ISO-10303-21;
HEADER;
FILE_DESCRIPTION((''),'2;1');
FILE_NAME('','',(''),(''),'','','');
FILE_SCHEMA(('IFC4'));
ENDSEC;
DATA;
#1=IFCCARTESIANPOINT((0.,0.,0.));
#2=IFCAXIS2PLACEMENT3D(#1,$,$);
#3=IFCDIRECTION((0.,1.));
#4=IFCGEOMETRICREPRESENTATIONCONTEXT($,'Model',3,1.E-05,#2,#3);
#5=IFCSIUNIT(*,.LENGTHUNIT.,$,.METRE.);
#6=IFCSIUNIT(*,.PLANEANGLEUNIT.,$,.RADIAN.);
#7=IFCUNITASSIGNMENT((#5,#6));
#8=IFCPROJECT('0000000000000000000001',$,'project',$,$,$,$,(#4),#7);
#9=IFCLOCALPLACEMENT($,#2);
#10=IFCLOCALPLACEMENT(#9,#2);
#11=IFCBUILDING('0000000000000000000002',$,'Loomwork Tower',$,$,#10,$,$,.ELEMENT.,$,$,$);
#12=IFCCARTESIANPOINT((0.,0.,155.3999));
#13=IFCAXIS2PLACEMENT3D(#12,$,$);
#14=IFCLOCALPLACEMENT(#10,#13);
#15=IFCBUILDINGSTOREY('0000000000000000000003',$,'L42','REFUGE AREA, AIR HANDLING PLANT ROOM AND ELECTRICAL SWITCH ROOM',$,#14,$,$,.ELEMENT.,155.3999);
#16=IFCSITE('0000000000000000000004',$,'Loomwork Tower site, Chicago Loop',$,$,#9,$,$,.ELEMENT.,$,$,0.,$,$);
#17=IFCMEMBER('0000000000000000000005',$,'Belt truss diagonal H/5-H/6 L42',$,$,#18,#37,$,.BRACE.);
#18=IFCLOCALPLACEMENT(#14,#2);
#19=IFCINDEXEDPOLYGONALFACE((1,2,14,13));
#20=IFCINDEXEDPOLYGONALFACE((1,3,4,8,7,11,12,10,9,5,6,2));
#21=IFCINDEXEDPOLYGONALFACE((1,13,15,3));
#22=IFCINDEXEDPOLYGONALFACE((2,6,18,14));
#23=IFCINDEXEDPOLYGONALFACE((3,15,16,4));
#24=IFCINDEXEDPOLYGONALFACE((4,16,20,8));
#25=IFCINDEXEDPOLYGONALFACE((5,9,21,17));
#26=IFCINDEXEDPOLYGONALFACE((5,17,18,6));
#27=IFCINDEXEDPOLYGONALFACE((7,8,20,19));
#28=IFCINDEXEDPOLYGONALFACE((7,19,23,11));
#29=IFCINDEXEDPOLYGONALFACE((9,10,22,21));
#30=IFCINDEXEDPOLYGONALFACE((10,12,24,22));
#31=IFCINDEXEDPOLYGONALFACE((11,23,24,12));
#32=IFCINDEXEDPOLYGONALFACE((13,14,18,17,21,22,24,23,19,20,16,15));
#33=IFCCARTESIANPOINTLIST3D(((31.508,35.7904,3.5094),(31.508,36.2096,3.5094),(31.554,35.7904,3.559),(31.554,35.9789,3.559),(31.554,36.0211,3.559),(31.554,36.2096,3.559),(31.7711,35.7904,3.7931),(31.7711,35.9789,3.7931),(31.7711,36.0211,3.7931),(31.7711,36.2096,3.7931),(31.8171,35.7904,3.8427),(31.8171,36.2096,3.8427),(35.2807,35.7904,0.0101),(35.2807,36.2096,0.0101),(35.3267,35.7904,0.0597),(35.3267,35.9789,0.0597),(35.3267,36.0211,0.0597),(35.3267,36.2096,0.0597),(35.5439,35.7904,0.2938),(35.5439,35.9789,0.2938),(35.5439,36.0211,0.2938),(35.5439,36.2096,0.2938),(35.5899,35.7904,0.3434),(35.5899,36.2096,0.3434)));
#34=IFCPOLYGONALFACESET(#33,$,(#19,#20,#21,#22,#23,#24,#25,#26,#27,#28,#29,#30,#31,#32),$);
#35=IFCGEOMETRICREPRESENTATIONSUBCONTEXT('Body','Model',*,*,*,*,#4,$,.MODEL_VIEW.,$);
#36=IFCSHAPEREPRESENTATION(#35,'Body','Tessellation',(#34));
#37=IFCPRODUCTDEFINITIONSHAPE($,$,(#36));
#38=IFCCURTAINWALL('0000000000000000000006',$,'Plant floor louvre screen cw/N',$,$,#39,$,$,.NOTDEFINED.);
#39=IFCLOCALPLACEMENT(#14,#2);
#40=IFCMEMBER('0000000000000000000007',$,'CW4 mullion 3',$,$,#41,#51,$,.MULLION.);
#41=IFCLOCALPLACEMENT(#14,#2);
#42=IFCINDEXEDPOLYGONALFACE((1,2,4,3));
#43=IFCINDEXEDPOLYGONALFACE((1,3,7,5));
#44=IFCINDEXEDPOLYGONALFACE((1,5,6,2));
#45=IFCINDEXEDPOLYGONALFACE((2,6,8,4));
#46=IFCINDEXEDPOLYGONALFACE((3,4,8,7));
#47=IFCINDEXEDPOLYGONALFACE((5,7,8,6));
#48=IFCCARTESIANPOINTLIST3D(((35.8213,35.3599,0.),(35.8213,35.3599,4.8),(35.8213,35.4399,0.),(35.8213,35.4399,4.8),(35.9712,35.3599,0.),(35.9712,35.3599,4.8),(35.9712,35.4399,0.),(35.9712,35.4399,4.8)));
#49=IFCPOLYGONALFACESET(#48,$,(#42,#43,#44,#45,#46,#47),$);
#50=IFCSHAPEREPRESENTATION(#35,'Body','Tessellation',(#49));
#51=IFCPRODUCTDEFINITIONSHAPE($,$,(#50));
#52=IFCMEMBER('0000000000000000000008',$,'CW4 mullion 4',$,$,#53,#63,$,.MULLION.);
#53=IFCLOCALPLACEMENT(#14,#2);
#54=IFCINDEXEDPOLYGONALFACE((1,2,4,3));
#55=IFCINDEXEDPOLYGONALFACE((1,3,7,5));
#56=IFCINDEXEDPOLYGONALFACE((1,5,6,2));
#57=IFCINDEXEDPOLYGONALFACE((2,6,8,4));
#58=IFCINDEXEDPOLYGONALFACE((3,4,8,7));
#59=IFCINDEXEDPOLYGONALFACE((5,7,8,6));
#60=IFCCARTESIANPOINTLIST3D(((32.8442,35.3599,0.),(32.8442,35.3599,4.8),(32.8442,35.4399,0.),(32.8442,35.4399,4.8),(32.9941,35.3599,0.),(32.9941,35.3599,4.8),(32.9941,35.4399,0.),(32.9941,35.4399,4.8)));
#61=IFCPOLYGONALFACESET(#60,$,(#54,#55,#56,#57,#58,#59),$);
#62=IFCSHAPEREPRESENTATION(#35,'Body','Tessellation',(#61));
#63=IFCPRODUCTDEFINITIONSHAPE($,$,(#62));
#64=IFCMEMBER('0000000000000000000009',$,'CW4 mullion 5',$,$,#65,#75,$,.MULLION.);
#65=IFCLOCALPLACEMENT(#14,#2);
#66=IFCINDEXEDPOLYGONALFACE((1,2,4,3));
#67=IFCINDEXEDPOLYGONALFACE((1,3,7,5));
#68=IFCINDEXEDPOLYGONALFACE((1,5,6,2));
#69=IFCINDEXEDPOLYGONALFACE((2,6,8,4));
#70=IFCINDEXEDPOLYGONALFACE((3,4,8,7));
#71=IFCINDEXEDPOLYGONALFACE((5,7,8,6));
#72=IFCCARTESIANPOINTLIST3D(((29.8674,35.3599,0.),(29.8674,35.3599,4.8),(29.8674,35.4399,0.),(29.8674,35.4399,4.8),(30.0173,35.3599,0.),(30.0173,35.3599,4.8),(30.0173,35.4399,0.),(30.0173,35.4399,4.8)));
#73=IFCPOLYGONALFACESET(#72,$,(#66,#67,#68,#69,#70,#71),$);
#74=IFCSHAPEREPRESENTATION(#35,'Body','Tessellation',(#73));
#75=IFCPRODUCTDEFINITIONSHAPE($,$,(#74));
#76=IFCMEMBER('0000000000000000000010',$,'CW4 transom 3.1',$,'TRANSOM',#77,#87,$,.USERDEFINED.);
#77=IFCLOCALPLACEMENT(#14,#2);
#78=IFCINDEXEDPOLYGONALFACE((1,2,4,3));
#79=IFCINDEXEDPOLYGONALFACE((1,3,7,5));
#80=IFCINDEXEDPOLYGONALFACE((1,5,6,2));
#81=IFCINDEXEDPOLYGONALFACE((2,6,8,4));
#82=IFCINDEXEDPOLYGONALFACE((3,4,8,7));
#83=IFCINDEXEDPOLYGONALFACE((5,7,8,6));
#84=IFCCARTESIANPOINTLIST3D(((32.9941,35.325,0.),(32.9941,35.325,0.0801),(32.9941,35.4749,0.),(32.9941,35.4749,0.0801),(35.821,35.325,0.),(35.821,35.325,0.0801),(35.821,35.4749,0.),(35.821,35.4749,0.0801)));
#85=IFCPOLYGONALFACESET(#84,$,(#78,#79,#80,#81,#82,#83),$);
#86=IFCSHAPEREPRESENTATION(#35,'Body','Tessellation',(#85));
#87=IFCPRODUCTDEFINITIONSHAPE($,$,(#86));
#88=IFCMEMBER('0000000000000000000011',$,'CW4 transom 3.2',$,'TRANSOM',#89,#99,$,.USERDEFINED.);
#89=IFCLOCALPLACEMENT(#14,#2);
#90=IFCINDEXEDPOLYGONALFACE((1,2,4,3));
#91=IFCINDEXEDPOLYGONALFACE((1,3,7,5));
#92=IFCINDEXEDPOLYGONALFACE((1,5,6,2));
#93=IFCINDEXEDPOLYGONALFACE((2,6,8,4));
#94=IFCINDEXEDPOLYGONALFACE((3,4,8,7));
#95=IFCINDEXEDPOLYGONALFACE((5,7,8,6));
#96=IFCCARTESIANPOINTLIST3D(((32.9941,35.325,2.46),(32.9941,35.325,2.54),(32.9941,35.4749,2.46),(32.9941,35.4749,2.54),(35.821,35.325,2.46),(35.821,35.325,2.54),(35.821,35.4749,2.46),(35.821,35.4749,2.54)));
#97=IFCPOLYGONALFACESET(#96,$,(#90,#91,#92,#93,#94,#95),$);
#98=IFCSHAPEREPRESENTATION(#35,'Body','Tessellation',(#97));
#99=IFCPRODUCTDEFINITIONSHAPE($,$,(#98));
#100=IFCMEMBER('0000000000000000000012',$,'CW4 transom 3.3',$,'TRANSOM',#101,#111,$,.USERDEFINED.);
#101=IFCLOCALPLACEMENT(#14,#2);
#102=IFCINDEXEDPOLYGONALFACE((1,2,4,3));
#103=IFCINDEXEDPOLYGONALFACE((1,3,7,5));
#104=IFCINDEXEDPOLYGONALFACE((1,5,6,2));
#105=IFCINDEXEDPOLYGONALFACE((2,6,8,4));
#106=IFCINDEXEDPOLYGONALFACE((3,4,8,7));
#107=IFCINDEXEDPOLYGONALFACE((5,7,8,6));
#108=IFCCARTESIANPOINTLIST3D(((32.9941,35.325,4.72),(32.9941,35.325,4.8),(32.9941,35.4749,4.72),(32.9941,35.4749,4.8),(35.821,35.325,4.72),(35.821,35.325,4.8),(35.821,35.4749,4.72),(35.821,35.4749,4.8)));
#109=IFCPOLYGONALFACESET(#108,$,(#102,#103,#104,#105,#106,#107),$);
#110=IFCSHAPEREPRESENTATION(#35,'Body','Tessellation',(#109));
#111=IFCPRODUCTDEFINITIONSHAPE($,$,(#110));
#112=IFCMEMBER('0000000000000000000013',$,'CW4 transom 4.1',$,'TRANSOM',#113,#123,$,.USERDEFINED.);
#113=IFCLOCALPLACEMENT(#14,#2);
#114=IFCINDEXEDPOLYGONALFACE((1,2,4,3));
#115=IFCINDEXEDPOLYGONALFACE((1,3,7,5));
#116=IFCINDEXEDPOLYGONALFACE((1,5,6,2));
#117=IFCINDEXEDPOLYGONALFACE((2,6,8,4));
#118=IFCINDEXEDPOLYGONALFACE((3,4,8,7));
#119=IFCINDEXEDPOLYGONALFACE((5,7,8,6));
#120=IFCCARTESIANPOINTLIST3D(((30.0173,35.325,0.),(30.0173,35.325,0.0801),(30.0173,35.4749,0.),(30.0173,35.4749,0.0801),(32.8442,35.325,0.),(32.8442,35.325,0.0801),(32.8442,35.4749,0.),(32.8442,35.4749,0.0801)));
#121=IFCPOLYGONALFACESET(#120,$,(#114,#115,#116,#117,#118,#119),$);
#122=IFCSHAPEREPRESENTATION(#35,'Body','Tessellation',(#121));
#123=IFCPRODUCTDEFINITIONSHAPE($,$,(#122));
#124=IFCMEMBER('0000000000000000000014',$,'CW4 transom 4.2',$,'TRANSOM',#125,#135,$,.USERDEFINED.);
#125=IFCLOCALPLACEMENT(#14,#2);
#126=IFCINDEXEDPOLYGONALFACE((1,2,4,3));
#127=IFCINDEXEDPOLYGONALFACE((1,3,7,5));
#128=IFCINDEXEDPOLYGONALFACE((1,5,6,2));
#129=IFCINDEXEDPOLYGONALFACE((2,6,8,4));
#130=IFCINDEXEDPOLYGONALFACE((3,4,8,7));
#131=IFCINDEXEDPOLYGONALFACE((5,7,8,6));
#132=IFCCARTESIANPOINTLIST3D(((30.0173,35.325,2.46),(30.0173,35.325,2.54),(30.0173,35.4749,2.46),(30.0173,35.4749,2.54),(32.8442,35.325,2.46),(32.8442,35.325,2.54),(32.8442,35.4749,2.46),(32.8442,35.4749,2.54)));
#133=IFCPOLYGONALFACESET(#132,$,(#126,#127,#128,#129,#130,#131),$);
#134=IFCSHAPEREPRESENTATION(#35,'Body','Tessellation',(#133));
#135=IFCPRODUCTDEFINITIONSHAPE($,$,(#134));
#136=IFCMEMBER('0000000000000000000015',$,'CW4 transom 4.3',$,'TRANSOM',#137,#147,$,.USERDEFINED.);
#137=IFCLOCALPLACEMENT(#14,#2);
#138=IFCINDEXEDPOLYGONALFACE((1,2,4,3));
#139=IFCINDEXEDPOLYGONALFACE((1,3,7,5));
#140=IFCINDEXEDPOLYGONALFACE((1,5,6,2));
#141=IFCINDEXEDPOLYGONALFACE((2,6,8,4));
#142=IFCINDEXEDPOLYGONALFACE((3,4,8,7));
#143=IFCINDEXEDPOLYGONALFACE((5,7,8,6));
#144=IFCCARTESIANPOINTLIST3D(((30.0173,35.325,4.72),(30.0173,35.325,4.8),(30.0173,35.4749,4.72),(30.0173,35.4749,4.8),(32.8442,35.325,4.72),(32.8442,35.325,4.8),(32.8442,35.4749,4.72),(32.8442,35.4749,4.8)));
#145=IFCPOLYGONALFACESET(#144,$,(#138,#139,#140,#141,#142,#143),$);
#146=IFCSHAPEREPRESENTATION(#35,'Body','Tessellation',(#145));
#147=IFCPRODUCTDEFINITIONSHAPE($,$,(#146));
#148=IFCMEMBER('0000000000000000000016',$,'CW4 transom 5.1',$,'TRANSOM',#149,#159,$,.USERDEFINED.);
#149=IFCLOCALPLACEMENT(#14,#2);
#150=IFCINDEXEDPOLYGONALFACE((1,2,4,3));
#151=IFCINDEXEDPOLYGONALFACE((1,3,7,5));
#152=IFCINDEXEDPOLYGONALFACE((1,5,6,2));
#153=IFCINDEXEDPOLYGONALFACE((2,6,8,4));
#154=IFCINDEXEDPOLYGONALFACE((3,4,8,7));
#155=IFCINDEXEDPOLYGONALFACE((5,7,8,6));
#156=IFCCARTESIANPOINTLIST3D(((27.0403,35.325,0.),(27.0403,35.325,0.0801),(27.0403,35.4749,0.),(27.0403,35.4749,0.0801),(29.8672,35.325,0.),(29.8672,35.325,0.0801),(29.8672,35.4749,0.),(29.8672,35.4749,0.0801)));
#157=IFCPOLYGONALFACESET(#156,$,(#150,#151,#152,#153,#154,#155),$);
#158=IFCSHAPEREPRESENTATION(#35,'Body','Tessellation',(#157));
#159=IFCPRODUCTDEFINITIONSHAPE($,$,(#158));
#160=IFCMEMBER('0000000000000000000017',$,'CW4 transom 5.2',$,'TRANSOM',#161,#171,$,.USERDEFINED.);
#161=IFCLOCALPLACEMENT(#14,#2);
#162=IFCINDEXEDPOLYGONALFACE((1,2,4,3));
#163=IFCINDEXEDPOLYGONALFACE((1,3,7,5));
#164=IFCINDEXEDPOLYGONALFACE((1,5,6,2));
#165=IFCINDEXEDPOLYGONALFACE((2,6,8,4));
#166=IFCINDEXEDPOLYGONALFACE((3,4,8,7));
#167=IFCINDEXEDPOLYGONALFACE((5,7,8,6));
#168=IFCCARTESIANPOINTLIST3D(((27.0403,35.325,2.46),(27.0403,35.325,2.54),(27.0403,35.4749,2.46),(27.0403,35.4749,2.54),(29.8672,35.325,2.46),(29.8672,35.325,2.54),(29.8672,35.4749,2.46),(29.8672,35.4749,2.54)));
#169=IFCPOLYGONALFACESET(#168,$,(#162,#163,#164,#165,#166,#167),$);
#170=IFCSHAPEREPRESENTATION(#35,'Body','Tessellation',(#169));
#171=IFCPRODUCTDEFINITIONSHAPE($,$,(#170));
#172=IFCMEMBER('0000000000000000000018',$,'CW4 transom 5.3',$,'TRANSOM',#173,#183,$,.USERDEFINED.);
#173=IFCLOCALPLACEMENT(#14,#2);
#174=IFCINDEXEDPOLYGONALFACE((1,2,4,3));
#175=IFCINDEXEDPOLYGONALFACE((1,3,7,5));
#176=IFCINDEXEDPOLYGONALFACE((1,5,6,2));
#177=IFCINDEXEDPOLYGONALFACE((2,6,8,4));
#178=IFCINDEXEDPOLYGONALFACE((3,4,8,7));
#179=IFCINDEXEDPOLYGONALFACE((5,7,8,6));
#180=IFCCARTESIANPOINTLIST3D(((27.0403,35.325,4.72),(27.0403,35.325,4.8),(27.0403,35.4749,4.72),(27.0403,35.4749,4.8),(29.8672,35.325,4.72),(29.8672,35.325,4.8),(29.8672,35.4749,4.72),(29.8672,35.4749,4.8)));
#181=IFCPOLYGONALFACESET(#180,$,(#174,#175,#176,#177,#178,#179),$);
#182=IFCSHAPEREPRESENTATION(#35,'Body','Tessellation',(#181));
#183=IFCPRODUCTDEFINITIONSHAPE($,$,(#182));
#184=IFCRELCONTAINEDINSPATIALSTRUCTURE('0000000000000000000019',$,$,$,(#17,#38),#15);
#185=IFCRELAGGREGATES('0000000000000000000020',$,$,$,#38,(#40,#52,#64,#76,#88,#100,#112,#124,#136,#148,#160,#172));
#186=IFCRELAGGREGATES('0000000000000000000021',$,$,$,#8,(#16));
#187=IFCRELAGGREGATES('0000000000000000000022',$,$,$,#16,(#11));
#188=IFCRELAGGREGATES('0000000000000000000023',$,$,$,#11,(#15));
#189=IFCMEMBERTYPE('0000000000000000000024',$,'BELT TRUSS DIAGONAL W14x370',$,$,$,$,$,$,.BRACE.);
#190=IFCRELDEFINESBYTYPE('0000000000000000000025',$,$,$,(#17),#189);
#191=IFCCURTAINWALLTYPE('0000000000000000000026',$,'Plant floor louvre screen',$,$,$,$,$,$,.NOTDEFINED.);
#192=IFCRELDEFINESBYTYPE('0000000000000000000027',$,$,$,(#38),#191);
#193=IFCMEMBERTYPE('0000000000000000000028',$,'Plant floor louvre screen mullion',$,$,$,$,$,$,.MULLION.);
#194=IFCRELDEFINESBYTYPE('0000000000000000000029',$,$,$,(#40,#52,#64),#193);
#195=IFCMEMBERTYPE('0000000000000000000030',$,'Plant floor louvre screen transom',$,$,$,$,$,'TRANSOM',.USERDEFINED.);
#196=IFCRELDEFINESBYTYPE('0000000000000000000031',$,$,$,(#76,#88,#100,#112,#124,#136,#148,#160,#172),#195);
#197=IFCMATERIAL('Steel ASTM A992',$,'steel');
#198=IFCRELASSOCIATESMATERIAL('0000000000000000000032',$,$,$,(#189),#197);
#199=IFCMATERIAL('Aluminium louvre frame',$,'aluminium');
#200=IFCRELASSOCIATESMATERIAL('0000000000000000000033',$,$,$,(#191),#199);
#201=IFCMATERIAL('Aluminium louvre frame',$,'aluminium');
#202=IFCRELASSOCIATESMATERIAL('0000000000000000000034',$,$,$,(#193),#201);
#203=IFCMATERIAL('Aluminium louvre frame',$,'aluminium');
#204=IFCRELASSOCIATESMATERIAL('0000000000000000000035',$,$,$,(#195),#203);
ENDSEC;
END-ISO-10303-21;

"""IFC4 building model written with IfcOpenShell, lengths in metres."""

from ifc_helpers import new_model, si_unit, direction, frame, origin, origin_2d, place, context, subcontext, project, spatial, rectangle, i_section, extrude, material, material_profile, profile_set, type_object, element, aggregate, save


model = new_model("IFC4")

# Units and contexts
model_context = context("Model", 3, precision=1e-05, world=origin(), true_north=direction((0.0, 1.0)))
body_context = subcontext(model_context, "Body", "Model", "MODEL_VIEW")
ifc_project = project(units=[si_unit("LENGTHUNIT", "METRE"), si_unit("PLANEANGLEUNIT", "RADIAN")], contexts=[model_context])

# Site, building, storey
site_placement = place(None, origin())
site = spatial("IfcSite", under=ifc_project, at=site_placement, Name="Loomwork Tower site, Chicago Loop", CompositionType="ELEMENT", RefElevation=0.0)
building_placement = place(site_placement, origin())
building = spatial("IfcBuilding", under=site, at=building_placement, Name="Loomwork Tower", CompositionType="ELEMENT")
storey_placement = place(building_placement, frame((0.0, 0.0, 155.3999)))
storey = spatial("IfcBuildingStorey", under=building, at=storey_placement, Name="L42", Description="REFUGE AREA, AIR HANDLING PLANT ROOM AND ELECTRICAL SWITCH ROOM", CompositionType="ELEMENT", Elevation=155.3999)

# Member
ifc_material_1 = material(Name="Steel ASTM A992", Category="steel")
ifc_material_profile_1 = material_profile(ifc_material_1, i_section(OverallWidth=0.4192, OverallDepth=0.4546, WebThickness=0.0422, FlangeThickness=0.0676, at=origin_2d()), Name="W14x370")
ifc_profile_set_1 = profile_set([ifc_material_profile_1], Name="Steel ASTM A992")
member_type_1 = type_object("IfcMemberType", Name="BELT TRUSS DIAGONAL W14x370", PredefinedType="BRACE", material=ifc_profile_set_1)
member_1_placement = place(storey_placement, frame((35.4353, 36.0, 0.1768), z_axis=(-0.733177, 0.0, 0.680038), x_axis=(0.0, -1.0, 0.0)))
element("IfcMember", 1, at=member_1_placement, inside=storey, type_object=member_type_1, Name="Belt truss diagonal H/5-H/6 L42", PredefinedType="BRACE", context=body_context, shape_type="SweptSolid", body=[
    extrude(i_section(OverallWidth=0.4192, OverallDepth=0.4546, WebThickness=0.0422, FlangeThickness=0.0676, at=origin_2d()), origin(), (0.0, 0.0, 1.0), 5.1458),
])

# Curtain wall, members
ifc_material_2 = material(Name="Aluminium louvre frame", Category="aluminium")
curtain_wall_type = type_object("IfcCurtainWallType", Name="Plant floor louvre screen", PredefinedType="NOTDEFINED", material=ifc_material_2)
curtain_wall_placement = place(storey_placement, origin())
curtain_wall = element("IfcCurtainWall", 2, at=curtain_wall_placement, inside=storey, type_object=curtain_wall_type, Name="Plant floor louvre screen cw/N", PredefinedType="NOTDEFINED")
ifc_material_3 = material(Name="Aluminium louvre frame", Category="aluminium")
ifc_material_profile_2 = material_profile(ifc_material_3, rectangle(XDim=0.0801, YDim=0.1499, at=origin_2d()), Name="AL 80x150")
ifc_profile_set_2 = profile_set([ifc_material_profile_2], Name="Aluminium louvre frame")
member_type_2 = type_object("IfcMemberType", Name="Plant floor louvre screen mullion", PredefinedType="MULLION", material=ifc_profile_set_2)
member_2_placement = place(storey_placement, frame((35.8962, 35.3999, 0.0), z_axis=(0.0, 0.0, 1.0), x_axis=(0.0, -1.0, 0.0)))
member_2 = element("IfcMember", 3, at=member_2_placement, type_object=member_type_2, Name="CW4 mullion 3", PredefinedType="MULLION", context=body_context, shape_type="SweptSolid", body=[
    extrude(rectangle(XDim=0.0801, YDim=0.1499, at=origin_2d()), origin(), (0.0, 0.0, 1.0), 4.8),
])
member_3_placement = place(storey_placement, frame((32.9192, 35.3999, 0.0), z_axis=(0.0, 0.0, 1.0), x_axis=(0.0, -1.0, 0.0)))
member_3 = element("IfcMember", 4, at=member_3_placement, type_object=member_type_2, Name="CW4 mullion 4", PredefinedType="MULLION", context=body_context, shape_type="SweptSolid", body=[
    extrude(rectangle(XDim=0.0801, YDim=0.1499, at=origin_2d()), origin(), (0.0, 0.0, 1.0), 4.8),
])
member_4_placement = place(storey_placement, frame((29.9424, 35.3999, 0.0), z_axis=(0.0, 0.0, 1.0), x_axis=(0.0, -1.0, 0.0)))
member_4 = element("IfcMember", 5, at=member_4_placement, type_object=member_type_2, Name="CW4 mullion 5", PredefinedType="MULLION", context=body_context, shape_type="SweptSolid", body=[
    extrude(rectangle(XDim=0.0801, YDim=0.1499, at=origin_2d()), origin(), (0.0, 0.0, 1.0), 4.8),
])
ifc_material_4 = material(Name="Aluminium louvre frame", Category="aluminium")
ifc_material_profile_3 = material_profile(ifc_material_4, rectangle(XDim=0.1499, YDim=0.0801, at=origin_2d()), Name="AL 80x150")
ifc_profile_set_3 = profile_set([ifc_material_profile_3], Name="Aluminium louvre frame")
member_type_3 = type_object("IfcMemberType", Name="Plant floor louvre screen transom", ElementType="TRANSOM", PredefinedType="USERDEFINED", material=ifc_profile_set_3)
member_5_placement = place(storey_placement, frame((35.821, 35.3999, 0.04), z_axis=(-1.0, 0.0, 0.0), x_axis=(0.0, -1.0, 0.0)))
member_5 = element("IfcMember", 6, at=member_5_placement, type_object=member_type_3, Name="CW4 transom 3.1", ObjectType="TRANSOM", PredefinedType="USERDEFINED", context=body_context, shape_type="SweptSolid", body=[
    extrude(rectangle(XDim=0.1499, YDim=0.0801, at=origin_2d()), origin(), (0.0, 0.0, 1.0), 2.8269),
])
member_6_placement = place(storey_placement, frame((35.821, 35.3999, 2.5), z_axis=(-1.0, 0.0, 0.0), x_axis=(0.0, -1.0, 0.0)))
member_6 = element("IfcMember", 7, at=member_6_placement, type_object=member_type_3, Name="CW4 transom 3.2", ObjectType="TRANSOM", PredefinedType="USERDEFINED", context=body_context, shape_type="SweptSolid", body=[
    extrude(rectangle(XDim=0.1499, YDim=0.0801, at=origin_2d()), origin(), (0.0, 0.0, 1.0), 2.8269),
])
member_7_placement = place(storey_placement, frame((35.821, 35.3999, 4.76), z_axis=(-1.0, 0.0, 0.0), x_axis=(0.0, -1.0, 0.0)))
member_7 = element("IfcMember", 8, at=member_7_placement, type_object=member_type_3, Name="CW4 transom 3.3", ObjectType="TRANSOM", PredefinedType="USERDEFINED", context=body_context, shape_type="SweptSolid", body=[
    extrude(rectangle(XDim=0.1499, YDim=0.0801, at=origin_2d()), origin(), (0.0, 0.0, 1.0), 2.8269),
])
member_8_placement = place(storey_placement, frame((32.8442, 35.3999, 0.04), z_axis=(-1.0, 0.0, 0.0), x_axis=(0.0, -1.0, 0.0)))
member_8 = element("IfcMember", 9, at=member_8_placement, type_object=member_type_3, Name="CW4 transom 4.1", ObjectType="TRANSOM", PredefinedType="USERDEFINED", context=body_context, shape_type="SweptSolid", body=[
    extrude(rectangle(XDim=0.1499, YDim=0.0801, at=origin_2d()), origin(), (0.0, 0.0, 1.0), 2.8269),
])
member_9_placement = place(storey_placement, frame((32.8442, 35.3999, 2.5), z_axis=(-1.0, 0.0, 0.0), x_axis=(0.0, -1.0, 0.0)))
member_9 = element("IfcMember", 10, at=member_9_placement, type_object=member_type_3, Name="CW4 transom 4.2", ObjectType="TRANSOM", PredefinedType="USERDEFINED", context=body_context, shape_type="SweptSolid", body=[
    extrude(rectangle(XDim=0.1499, YDim=0.0801, at=origin_2d()), origin(), (0.0, 0.0, 1.0), 2.8269),
])
member_10_placement = place(storey_placement, frame((32.8442, 35.3999, 4.76), z_axis=(-1.0, 0.0, 0.0), x_axis=(0.0, -1.0, 0.0)))
member_10 = element("IfcMember", 11, at=member_10_placement, type_object=member_type_3, Name="CW4 transom 4.3", ObjectType="TRANSOM", PredefinedType="USERDEFINED", context=body_context, shape_type="SweptSolid", body=[
    extrude(rectangle(XDim=0.1499, YDim=0.0801, at=origin_2d()), origin(), (0.0, 0.0, 1.0), 2.8269),
])
member_11_placement = place(storey_placement, frame((29.8672, 35.3999, 0.04), z_axis=(-1.0, 0.0, 0.0), x_axis=(0.0, -1.0, 0.0)))
member_11 = element("IfcMember", 12, at=member_11_placement, type_object=member_type_3, Name="CW4 transom 5.1", ObjectType="TRANSOM", PredefinedType="USERDEFINED", context=body_context, shape_type="SweptSolid", body=[
    extrude(rectangle(XDim=0.1499, YDim=0.0801, at=origin_2d()), origin(), (0.0, 0.0, 1.0), 2.8269),
])
member_12_placement = place(storey_placement, frame((29.8672, 35.3999, 2.5), z_axis=(-1.0, 0.0, 0.0), x_axis=(0.0, -1.0, 0.0)))
member_12 = element("IfcMember", 13, at=member_12_placement, type_object=member_type_3, Name="CW4 transom 5.2", ObjectType="TRANSOM", PredefinedType="USERDEFINED", context=body_context, shape_type="SweptSolid", body=[
    extrude(rectangle(XDim=0.1499, YDim=0.0801, at=origin_2d()), origin(), (0.0, 0.0, 1.0), 2.8269),
])
member_13_placement = place(storey_placement, frame((29.8672, 35.3999, 4.76), z_axis=(-1.0, 0.0, 0.0), x_axis=(0.0, -1.0, 0.0)))
member_13 = element("IfcMember", 14, at=member_13_placement, type_object=member_type_3, Name="CW4 transom 5.3", ObjectType="TRANSOM", PredefinedType="USERDEFINED", context=body_context, shape_type="SweptSolid", body=[
    extrude(rectangle(XDim=0.1499, YDim=0.0801, at=origin_2d()), origin(), (0.0, 0.0, 1.0), 2.8269),
])
aggregate(curtain_wall, [member_2, member_3, member_4, member_5, member_6, member_7, member_8, member_9, member_10, member_11, member_12, member_13])

save(model, "model.ifc")
